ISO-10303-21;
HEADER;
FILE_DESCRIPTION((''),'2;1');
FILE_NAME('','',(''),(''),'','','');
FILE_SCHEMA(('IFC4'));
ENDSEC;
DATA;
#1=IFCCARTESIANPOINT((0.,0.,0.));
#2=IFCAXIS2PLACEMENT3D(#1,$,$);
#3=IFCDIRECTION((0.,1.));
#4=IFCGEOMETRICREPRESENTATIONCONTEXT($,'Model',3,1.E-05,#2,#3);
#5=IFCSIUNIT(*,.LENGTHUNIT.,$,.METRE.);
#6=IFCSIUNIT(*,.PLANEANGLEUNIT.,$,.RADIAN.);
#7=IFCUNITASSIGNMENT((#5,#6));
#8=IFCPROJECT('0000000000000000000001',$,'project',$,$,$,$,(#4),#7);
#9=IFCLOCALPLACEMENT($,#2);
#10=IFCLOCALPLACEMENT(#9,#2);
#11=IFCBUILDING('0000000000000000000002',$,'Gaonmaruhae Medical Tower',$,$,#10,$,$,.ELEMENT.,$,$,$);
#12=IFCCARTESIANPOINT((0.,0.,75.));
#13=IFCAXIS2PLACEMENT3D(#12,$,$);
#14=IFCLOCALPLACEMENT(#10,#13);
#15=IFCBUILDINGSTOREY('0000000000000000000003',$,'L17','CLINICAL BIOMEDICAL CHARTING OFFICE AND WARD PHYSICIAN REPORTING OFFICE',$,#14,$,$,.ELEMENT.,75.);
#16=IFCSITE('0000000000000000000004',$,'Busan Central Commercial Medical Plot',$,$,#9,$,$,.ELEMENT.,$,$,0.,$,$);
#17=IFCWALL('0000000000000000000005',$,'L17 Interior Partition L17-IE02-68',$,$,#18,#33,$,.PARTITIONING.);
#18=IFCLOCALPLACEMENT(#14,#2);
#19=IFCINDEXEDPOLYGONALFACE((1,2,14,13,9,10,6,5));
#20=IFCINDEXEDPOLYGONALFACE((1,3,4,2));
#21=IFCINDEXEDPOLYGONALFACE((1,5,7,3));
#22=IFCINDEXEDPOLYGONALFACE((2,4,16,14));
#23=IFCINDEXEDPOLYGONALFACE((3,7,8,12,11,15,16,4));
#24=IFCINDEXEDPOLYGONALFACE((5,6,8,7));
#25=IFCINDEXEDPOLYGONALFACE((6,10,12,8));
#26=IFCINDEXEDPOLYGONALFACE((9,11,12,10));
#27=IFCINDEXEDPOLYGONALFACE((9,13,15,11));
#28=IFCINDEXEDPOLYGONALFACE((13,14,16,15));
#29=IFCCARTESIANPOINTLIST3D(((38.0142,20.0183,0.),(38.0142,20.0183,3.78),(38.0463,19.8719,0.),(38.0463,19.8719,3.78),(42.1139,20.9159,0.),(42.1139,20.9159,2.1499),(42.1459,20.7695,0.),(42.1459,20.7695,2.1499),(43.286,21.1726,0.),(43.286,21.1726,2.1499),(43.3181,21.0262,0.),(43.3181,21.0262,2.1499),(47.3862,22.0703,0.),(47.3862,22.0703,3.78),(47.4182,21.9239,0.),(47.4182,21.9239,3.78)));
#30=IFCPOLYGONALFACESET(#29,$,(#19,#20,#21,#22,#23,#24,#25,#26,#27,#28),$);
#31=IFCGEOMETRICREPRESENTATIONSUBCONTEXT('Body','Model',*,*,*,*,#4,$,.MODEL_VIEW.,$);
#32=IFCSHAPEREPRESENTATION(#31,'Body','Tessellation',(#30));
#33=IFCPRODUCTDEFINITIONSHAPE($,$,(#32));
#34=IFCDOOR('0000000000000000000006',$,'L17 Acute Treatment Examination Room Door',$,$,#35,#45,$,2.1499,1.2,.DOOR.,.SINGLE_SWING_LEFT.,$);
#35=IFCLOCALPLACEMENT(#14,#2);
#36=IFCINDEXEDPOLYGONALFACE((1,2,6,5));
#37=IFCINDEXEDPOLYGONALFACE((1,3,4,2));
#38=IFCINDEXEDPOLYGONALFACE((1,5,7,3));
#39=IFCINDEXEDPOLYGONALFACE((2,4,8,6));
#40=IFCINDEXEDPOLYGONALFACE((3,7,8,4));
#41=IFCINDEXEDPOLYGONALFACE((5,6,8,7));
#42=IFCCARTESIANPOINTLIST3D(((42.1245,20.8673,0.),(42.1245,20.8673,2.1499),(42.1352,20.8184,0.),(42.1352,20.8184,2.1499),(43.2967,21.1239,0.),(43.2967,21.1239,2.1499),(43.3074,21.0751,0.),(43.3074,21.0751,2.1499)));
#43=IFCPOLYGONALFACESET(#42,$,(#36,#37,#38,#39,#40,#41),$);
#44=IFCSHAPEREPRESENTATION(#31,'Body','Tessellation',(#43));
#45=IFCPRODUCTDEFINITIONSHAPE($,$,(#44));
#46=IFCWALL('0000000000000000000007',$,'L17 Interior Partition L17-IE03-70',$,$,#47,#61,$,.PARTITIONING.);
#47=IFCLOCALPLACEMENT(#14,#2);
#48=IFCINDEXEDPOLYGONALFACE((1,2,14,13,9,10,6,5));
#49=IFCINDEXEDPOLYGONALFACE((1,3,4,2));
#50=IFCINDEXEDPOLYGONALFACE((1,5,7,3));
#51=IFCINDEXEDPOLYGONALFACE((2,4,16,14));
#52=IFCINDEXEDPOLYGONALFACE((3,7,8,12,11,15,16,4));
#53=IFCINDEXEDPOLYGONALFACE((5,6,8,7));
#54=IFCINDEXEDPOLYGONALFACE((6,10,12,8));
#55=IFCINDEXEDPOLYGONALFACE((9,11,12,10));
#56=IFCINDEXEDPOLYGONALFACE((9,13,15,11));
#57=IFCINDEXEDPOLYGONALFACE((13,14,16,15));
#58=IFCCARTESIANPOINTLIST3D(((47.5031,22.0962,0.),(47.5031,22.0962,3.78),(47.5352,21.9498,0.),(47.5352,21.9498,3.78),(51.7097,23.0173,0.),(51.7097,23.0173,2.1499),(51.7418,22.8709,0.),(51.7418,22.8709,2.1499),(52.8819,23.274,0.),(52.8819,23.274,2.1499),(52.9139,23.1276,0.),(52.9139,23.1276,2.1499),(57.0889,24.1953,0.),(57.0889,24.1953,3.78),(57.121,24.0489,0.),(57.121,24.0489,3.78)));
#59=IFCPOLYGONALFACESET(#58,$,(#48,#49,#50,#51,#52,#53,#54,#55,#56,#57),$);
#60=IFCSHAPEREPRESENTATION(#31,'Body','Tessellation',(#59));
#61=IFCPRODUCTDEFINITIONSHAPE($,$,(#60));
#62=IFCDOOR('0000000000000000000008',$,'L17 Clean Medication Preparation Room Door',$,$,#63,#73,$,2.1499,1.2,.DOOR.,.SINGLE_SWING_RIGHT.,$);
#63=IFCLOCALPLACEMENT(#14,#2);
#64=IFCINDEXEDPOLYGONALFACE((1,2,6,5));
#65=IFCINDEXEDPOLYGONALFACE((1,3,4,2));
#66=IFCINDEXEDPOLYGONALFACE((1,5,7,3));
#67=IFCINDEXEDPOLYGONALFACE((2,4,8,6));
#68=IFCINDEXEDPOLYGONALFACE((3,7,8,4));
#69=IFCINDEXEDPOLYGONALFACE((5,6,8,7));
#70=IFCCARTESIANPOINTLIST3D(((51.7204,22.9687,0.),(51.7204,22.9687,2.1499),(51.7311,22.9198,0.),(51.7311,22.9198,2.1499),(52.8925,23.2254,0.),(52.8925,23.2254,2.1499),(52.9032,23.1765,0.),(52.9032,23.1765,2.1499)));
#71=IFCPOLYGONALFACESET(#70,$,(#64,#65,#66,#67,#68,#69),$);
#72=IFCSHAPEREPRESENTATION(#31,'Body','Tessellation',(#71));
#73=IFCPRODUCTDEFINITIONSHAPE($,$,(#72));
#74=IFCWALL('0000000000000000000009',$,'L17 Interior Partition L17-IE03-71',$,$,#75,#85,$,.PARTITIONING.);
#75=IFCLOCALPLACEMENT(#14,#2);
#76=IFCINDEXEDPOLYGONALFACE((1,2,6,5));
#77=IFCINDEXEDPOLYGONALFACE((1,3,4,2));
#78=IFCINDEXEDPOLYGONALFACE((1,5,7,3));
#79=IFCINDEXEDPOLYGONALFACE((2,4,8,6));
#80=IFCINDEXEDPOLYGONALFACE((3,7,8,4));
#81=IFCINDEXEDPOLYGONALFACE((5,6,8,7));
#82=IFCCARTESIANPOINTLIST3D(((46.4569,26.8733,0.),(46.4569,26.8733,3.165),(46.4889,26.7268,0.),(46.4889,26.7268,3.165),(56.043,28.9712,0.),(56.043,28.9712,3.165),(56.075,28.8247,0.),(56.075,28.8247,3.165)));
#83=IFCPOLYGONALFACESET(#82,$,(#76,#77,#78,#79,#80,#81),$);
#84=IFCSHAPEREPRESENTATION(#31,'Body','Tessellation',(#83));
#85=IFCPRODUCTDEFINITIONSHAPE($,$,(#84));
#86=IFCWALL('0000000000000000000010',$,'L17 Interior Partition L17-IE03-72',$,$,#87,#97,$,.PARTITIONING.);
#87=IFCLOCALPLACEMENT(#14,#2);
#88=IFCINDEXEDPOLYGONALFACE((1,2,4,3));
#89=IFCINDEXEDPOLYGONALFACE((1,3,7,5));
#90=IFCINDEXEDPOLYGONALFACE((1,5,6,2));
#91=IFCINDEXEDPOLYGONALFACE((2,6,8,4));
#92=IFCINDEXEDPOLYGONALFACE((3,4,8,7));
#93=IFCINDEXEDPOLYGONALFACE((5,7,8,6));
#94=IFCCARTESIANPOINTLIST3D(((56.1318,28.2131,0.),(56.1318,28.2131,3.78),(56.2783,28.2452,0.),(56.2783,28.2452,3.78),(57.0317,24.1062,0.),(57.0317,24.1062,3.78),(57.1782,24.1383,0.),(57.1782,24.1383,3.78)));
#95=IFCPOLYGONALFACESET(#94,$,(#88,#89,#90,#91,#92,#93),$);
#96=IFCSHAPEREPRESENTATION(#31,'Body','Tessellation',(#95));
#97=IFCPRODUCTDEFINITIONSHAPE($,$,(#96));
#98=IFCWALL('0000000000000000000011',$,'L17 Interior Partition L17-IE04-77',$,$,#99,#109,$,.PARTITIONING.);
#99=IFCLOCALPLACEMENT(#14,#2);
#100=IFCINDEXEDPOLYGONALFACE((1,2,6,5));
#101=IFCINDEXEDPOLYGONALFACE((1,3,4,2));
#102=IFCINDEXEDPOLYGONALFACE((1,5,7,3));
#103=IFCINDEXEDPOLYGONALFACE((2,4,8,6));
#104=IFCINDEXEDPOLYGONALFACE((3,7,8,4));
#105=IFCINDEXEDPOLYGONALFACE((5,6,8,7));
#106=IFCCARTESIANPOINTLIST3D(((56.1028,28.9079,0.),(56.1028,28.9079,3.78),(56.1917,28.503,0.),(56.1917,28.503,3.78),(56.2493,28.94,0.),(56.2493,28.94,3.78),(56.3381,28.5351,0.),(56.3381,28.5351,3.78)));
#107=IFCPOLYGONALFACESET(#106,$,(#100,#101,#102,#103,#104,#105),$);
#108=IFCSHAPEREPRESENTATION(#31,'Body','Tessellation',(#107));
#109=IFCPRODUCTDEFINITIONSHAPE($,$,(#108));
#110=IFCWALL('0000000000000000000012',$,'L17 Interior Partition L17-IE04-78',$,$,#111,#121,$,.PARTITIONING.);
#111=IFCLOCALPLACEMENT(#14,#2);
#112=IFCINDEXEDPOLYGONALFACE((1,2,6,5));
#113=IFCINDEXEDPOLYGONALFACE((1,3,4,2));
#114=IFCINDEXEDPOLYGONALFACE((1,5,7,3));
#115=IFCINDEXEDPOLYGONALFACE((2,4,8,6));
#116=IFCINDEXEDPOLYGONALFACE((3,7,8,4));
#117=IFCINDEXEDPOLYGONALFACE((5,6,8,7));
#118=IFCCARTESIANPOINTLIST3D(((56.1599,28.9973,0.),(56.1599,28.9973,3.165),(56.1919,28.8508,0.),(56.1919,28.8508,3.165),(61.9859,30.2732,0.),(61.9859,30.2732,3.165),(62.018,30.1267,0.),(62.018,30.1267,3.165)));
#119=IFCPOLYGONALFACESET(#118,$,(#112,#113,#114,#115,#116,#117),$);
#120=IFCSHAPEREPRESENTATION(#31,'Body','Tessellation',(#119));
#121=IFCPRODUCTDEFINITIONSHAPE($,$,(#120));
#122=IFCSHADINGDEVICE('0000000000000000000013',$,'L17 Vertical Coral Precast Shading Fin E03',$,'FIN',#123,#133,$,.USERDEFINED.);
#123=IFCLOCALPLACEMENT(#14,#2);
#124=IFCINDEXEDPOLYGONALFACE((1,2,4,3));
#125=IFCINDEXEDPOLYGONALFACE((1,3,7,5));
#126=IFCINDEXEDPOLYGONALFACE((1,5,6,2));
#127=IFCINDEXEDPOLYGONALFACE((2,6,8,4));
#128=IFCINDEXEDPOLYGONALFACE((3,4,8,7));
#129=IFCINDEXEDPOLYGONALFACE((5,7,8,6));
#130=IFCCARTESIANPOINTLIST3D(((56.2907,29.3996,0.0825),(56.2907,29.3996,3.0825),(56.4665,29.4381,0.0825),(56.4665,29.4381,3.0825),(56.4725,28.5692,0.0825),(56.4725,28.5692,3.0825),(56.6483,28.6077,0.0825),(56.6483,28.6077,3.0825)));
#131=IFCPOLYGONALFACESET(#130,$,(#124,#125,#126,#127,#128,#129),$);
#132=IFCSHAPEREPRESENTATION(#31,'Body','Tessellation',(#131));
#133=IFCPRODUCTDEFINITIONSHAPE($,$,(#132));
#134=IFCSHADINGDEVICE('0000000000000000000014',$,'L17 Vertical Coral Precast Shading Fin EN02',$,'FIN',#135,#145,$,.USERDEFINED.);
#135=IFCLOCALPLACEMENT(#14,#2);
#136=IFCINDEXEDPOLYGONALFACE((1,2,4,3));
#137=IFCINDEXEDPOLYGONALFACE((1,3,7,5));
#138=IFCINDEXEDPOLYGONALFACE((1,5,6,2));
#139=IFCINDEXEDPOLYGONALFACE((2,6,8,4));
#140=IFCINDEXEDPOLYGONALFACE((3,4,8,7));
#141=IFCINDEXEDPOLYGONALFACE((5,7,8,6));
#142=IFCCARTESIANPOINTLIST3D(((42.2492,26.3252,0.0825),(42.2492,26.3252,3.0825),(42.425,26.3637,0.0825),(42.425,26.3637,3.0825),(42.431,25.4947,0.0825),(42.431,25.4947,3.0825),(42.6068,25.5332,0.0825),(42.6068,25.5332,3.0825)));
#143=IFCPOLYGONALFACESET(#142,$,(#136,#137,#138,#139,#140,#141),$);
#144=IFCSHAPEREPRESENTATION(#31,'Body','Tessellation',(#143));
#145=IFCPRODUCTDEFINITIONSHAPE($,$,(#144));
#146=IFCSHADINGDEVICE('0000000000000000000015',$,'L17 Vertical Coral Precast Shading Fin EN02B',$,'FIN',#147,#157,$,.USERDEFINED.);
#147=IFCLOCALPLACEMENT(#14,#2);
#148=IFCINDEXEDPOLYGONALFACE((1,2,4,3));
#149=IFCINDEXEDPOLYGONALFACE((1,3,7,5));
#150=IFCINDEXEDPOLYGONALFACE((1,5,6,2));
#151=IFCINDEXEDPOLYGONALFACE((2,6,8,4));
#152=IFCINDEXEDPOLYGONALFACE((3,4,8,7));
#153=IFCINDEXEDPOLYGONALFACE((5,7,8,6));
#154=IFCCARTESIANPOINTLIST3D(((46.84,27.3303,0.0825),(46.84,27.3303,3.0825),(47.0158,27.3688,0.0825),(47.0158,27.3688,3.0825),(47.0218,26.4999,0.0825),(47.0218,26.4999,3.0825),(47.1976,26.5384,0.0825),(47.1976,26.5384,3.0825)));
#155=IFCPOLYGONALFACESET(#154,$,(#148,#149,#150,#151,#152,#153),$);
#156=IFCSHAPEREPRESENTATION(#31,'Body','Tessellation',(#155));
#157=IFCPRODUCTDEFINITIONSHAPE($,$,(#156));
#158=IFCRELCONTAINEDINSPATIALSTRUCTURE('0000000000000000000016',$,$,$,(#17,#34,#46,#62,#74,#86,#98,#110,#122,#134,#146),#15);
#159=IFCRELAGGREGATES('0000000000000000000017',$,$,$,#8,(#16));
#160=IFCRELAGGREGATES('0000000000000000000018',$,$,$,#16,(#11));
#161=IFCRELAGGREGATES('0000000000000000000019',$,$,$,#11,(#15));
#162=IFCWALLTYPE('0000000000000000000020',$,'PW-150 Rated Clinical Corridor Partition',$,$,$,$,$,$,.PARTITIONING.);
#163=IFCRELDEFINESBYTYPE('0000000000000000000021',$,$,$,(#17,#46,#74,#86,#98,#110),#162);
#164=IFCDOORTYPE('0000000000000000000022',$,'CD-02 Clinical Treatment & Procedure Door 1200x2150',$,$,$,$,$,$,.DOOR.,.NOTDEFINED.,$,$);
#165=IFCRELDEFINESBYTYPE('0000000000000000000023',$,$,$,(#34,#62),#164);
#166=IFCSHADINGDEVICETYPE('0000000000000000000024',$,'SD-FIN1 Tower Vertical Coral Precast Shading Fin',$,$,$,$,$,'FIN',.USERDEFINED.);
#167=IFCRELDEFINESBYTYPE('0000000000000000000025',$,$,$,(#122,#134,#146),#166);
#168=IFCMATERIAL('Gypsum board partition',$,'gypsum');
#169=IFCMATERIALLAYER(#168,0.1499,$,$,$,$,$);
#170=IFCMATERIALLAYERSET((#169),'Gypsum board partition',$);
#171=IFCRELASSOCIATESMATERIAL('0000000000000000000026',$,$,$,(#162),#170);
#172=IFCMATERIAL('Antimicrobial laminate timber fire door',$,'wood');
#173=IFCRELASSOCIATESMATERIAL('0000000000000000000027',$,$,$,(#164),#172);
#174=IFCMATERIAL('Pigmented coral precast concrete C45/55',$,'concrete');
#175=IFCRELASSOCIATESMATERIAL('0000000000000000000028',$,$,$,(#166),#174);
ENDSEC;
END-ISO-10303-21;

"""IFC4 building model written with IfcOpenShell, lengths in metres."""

from ifc_helpers import new_model, si_unit, direction, frame, frame_2d, origin, origin_2d, place, context, subcontext, project, spatial, rectangle, extrude, material, layer, layer_set, type_object, element, fill, save


model = new_model("IFC4")

# Units and contexts
model_context = context("Model", 3, precision=1e-05, world=origin(), true_north=direction((0.0, 1.0)))
body_context = subcontext(model_context, "Body", "Model", "MODEL_VIEW")
ifc_project = project(units=[si_unit("LENGTHUNIT", "METRE"), si_unit("PLANEANGLEUNIT", "RADIAN")], contexts=[model_context])

# Site, building, storey
site_placement = place(None, origin())
site = spatial("IfcSite", under=ifc_project, at=site_placement, Name="Busan Central Commercial Medical Plot", CompositionType="ELEMENT", RefElevation=0.0)
building_placement = place(site_placement, origin())
building = spatial("IfcBuilding", under=site, at=building_placement, Name="Gaonmaruhae Medical Tower", CompositionType="ELEMENT")
storey_placement = place(building_placement, frame((0.0, 0.0, 75.0)))
storey = spatial("IfcBuildingStorey", under=building, at=storey_placement, Name="L17", Description="CLINICAL BIOMEDICAL CHARTING OFFICE AND WARD PHYSICIAN REPORTING OFFICE", CompositionType="ELEMENT", Elevation=75.0)

# Shared definitions
ifc_material_1 = material(Name="Gypsum board partition", Category="gypsum")
ifc_layer_1 = layer(ifc_material_1, 0.1499)
ifc_layer_set_1 = layer_set([ifc_layer_1], Name="Gypsum board partition")
wall_type_1 = type_object("IfcWallType", Name="PW-150 Rated Clinical Corridor Partition", PredefinedType="PARTITIONING", material=ifc_layer_set_1)

# Shared definitions
ifc_material_2 = material(Name="Antimicrobial laminate timber fire door", Category="wood")
door_type = type_object("IfcDoorType", Name="CD-02 Clinical Treatment & Procedure Door 1200x2150", OperationType="NOTDEFINED", PredefinedType="DOOR", material=ifc_material_2)

# Walls, openings, doors
wall_1_placement = place(storey_placement, frame((47.4021, 21.9971, 0.0), z_axis=(0.0, 0.0, 1.0), x_axis=(-0.976859, -0.213882, 0.0)))
wall_1 = element("IfcWall", 1, at=wall_1_placement, inside=storey, type_object=wall_type_1, Name="L17 Interior Partition L17-IE02-68", PredefinedType="PARTITIONING", context=body_context, shape_type="SweptSolid", body=[
    extrude(rectangle(XDim=9.594, YDim=0.1499, at=frame_2d((4.7969, 0.0))), origin(), (0.0, 0.0, 1.0), 3.78),
])
opening_1_placement = place(wall_1_placement, frame((4.197, 0.0, 0.0)))
opening_1 = element("IfcOpeningElement", 2, at=opening_1_placement, cuts=wall_1, PredefinedType="OPENING", context=body_context, shape_type="SweptSolid", body=[
    extrude(rectangle(XDim=1.2, YDim=2.1499, at=frame_2d((0.6001, 1.075))), frame((0.0, 0.085, 0.0), z_axis=(0.0, -1.0, 0.0), x_axis=(1.0, 0.0, 0.0)), (0.0, 0.0, 1.0), 0.1699),
])
door_1_placement = place(opening_1_placement, origin())
door_1 = element("IfcDoor", 3, at=door_1_placement, inside=storey, type_object=door_type, Name="L17 Acute Treatment Examination Room Door", OperationType="SINGLE_SWING_LEFT", OverallHeight=2.1499, OverallWidth=1.2, PredefinedType="DOOR", context=body_context, shape_type="SweptSolid", body=[
    extrude(rectangle(XDim=1.2, YDim=2.1499, at=frame_2d((0.6001, 1.075))), frame((0.0, 0.0249, 0.0), z_axis=(0.0, -1.0, 0.0), x_axis=(1.0, 0.0, 0.0)), (0.0, 0.0, 1.0), 0.05),
])
fill(opening_1, door_1)
wall_2_placement = place(storey_placement, frame((57.105, 24.1221, 0.0), z_axis=(0.0, 0.0, 1.0), x_axis=(-0.976853, -0.213911, 0.0)))
wall_2 = element("IfcWall", 4, at=wall_2_placement, inside=storey, type_object=wall_type_1, Name="L17 Interior Partition L17-IE03-70", PredefinedType="PARTITIONING", context=body_context, shape_type="SweptSolid", body=[
    extrude(rectangle(XDim=9.813, YDim=0.1499, at=frame_2d((4.9065, 0.0))), origin(), (0.0, 0.0, 1.0), 3.78),
])
opening_2_placement = place(wall_2_placement, frame((4.3066, 0.0, 0.0)))
opening_2 = element("IfcOpeningElement", 5, at=opening_2_placement, cuts=wall_2, PredefinedType="OPENING", context=body_context, shape_type="SweptSolid", body=[
    extrude(rectangle(XDim=1.2, YDim=2.1499, at=frame_2d((0.6001, 1.075))), frame((0.0, 0.085, 0.0), z_axis=(0.0, -1.0, 0.0), x_axis=(1.0, 0.0, 0.0)), (0.0, 0.0, 1.0), 0.1699),
])
door_2_placement = place(opening_2_placement, origin())
door_2 = element("IfcDoor", 6, at=door_2_placement, inside=storey, type_object=door_type, Name="L17 Clean Medication Preparation Room Door", OperationType="SINGLE_SWING_RIGHT", OverallHeight=2.1499, OverallWidth=1.2, PredefinedType="DOOR", context=body_context, shape_type="SweptSolid", body=[
    extrude(rectangle(XDim=1.2, YDim=2.1499, at=frame_2d((0.6001, 1.075))), frame((0.0, 0.0249, 0.0), z_axis=(0.0, -1.0, 0.0), x_axis=(1.0, 0.0, 0.0)), (0.0, 0.0, 1.0), 0.05),
])
fill(opening_2, door_2)

# Walls
wall_3_placement = place(storey_placement, frame((46.4729, 26.8, 0.0), z_axis=(0.0, 0.0, 1.0), x_axis=(0.97688, 0.213787, 0.0)))
element("IfcWall", 7, at=wall_3_placement, inside=storey, type_object=wall_type_1, Name="L17 Interior Partition L17-IE03-71", PredefinedType="PARTITIONING", context=body_context, shape_type="SweptSolid", body=[
    extrude(rectangle(XDim=9.813, YDim=0.1499, at=frame_2d((4.9065, 0.0))), origin(), (0.0, 0.0, 1.0), 3.165),
])
wall_4_placement = place(storey_placement, frame((56.2051, 28.229, 0.0), z_axis=(0.0, 0.0, 1.0), x_axis=(0.21404, -0.976825, 0.0)))
element("IfcWall", 8, at=wall_4_placement, inside=storey, type_object=wall_type_1, Name="L17 Interior Partition L17-IE03-72", PredefinedType="PARTITIONING", context=body_context, shape_type="SweptSolid", body=[
    extrude(rectangle(XDim=4.2043, YDim=0.1499, at=frame_2d((2.1021, 0.0))), origin(), (0.0, 0.0, 1.0), 3.78),
])
wall_5_placement = place(storey_placement, frame((56.2649, 28.519, 0.0), z_axis=(0.0, 0.0, 1.0), x_axis=(-0.214311, 0.976765, 0.0)))
element("IfcWall", 9, at=wall_5_placement, inside=storey, type_object=wall_type_1, Name="L17 Interior Partition L17-IE04-77", PredefinedType="PARTITIONING", context=body_context, shape_type="SweptSolid", body=[
    extrude(rectangle(XDim=0.4146, YDim=0.1499, at=frame_2d((0.2073, 0.0))), origin(), (0.0, 0.0, 1.0), 3.78),
])
wall_6_placement = place(storey_placement, frame((56.176, 28.9241, 0.0), z_axis=(0.0, 0.0, 1.0), x_axis=(0.976849, 0.21393, 0.0)))
element("IfcWall", 10, at=wall_6_placement, inside=storey, type_object=wall_type_1, Name="L17 Interior Partition L17-IE04-78", PredefinedType="PARTITIONING", context=body_context, shape_type="SweptSolid", body=[
    extrude(rectangle(XDim=5.9641, YDim=0.1499, at=frame_2d((2.9819, 0.0))), origin(), (0.0, 0.0, 1.0), 3.165),
])

# Shading devices
ifc_material_3 = material(Name="Pigmented coral precast concrete C45/55", Category="concrete")
shading_device_type = type_object("IfcShadingDeviceType", Name="SD-FIN1 Tower Vertical Coral Precast Shading Fin", ElementType="FIN", PredefinedType="USERDEFINED", material=ifc_material_3)
for number, where, z_axis, x_axis, name in (
    (11, (56.4695, 29.0037, 0.0825), (0.0, 0.0, 1.0), (0.976863, 0.213866, 0.0), "L17 Vertical Coral Precast Shading Fin E03"),
    (12, (42.428, 25.9292, 0.0825), (0.0, 0.0, 1.0), (0.976859, 0.213883, 0.0), "L17 Vertical Coral Precast Shading Fin EN02"),
    (13, (47.0188, 26.9343, 0.0825), (0.0, 0.0, 1.0), (0.976859, 0.213883, 0.0), "L17 Vertical Coral Precast Shading Fin EN02B"),
):
    element("IfcShadingDevice", number, at=place(storey_placement, frame(where, z_axis=z_axis, x_axis=x_axis)), inside=storey, type_object=shading_device_type, Name=name, ObjectType="FIN", PredefinedType="USERDEFINED", context=body_context, shape_type="SweptSolid", body=[
        extrude(rectangle(XDim=0.1799, YDim=0.8501, at=origin_2d()), origin(), (0.0, 0.0, 1.0), 3.0),
    ])

save(model, "model.ifc")
